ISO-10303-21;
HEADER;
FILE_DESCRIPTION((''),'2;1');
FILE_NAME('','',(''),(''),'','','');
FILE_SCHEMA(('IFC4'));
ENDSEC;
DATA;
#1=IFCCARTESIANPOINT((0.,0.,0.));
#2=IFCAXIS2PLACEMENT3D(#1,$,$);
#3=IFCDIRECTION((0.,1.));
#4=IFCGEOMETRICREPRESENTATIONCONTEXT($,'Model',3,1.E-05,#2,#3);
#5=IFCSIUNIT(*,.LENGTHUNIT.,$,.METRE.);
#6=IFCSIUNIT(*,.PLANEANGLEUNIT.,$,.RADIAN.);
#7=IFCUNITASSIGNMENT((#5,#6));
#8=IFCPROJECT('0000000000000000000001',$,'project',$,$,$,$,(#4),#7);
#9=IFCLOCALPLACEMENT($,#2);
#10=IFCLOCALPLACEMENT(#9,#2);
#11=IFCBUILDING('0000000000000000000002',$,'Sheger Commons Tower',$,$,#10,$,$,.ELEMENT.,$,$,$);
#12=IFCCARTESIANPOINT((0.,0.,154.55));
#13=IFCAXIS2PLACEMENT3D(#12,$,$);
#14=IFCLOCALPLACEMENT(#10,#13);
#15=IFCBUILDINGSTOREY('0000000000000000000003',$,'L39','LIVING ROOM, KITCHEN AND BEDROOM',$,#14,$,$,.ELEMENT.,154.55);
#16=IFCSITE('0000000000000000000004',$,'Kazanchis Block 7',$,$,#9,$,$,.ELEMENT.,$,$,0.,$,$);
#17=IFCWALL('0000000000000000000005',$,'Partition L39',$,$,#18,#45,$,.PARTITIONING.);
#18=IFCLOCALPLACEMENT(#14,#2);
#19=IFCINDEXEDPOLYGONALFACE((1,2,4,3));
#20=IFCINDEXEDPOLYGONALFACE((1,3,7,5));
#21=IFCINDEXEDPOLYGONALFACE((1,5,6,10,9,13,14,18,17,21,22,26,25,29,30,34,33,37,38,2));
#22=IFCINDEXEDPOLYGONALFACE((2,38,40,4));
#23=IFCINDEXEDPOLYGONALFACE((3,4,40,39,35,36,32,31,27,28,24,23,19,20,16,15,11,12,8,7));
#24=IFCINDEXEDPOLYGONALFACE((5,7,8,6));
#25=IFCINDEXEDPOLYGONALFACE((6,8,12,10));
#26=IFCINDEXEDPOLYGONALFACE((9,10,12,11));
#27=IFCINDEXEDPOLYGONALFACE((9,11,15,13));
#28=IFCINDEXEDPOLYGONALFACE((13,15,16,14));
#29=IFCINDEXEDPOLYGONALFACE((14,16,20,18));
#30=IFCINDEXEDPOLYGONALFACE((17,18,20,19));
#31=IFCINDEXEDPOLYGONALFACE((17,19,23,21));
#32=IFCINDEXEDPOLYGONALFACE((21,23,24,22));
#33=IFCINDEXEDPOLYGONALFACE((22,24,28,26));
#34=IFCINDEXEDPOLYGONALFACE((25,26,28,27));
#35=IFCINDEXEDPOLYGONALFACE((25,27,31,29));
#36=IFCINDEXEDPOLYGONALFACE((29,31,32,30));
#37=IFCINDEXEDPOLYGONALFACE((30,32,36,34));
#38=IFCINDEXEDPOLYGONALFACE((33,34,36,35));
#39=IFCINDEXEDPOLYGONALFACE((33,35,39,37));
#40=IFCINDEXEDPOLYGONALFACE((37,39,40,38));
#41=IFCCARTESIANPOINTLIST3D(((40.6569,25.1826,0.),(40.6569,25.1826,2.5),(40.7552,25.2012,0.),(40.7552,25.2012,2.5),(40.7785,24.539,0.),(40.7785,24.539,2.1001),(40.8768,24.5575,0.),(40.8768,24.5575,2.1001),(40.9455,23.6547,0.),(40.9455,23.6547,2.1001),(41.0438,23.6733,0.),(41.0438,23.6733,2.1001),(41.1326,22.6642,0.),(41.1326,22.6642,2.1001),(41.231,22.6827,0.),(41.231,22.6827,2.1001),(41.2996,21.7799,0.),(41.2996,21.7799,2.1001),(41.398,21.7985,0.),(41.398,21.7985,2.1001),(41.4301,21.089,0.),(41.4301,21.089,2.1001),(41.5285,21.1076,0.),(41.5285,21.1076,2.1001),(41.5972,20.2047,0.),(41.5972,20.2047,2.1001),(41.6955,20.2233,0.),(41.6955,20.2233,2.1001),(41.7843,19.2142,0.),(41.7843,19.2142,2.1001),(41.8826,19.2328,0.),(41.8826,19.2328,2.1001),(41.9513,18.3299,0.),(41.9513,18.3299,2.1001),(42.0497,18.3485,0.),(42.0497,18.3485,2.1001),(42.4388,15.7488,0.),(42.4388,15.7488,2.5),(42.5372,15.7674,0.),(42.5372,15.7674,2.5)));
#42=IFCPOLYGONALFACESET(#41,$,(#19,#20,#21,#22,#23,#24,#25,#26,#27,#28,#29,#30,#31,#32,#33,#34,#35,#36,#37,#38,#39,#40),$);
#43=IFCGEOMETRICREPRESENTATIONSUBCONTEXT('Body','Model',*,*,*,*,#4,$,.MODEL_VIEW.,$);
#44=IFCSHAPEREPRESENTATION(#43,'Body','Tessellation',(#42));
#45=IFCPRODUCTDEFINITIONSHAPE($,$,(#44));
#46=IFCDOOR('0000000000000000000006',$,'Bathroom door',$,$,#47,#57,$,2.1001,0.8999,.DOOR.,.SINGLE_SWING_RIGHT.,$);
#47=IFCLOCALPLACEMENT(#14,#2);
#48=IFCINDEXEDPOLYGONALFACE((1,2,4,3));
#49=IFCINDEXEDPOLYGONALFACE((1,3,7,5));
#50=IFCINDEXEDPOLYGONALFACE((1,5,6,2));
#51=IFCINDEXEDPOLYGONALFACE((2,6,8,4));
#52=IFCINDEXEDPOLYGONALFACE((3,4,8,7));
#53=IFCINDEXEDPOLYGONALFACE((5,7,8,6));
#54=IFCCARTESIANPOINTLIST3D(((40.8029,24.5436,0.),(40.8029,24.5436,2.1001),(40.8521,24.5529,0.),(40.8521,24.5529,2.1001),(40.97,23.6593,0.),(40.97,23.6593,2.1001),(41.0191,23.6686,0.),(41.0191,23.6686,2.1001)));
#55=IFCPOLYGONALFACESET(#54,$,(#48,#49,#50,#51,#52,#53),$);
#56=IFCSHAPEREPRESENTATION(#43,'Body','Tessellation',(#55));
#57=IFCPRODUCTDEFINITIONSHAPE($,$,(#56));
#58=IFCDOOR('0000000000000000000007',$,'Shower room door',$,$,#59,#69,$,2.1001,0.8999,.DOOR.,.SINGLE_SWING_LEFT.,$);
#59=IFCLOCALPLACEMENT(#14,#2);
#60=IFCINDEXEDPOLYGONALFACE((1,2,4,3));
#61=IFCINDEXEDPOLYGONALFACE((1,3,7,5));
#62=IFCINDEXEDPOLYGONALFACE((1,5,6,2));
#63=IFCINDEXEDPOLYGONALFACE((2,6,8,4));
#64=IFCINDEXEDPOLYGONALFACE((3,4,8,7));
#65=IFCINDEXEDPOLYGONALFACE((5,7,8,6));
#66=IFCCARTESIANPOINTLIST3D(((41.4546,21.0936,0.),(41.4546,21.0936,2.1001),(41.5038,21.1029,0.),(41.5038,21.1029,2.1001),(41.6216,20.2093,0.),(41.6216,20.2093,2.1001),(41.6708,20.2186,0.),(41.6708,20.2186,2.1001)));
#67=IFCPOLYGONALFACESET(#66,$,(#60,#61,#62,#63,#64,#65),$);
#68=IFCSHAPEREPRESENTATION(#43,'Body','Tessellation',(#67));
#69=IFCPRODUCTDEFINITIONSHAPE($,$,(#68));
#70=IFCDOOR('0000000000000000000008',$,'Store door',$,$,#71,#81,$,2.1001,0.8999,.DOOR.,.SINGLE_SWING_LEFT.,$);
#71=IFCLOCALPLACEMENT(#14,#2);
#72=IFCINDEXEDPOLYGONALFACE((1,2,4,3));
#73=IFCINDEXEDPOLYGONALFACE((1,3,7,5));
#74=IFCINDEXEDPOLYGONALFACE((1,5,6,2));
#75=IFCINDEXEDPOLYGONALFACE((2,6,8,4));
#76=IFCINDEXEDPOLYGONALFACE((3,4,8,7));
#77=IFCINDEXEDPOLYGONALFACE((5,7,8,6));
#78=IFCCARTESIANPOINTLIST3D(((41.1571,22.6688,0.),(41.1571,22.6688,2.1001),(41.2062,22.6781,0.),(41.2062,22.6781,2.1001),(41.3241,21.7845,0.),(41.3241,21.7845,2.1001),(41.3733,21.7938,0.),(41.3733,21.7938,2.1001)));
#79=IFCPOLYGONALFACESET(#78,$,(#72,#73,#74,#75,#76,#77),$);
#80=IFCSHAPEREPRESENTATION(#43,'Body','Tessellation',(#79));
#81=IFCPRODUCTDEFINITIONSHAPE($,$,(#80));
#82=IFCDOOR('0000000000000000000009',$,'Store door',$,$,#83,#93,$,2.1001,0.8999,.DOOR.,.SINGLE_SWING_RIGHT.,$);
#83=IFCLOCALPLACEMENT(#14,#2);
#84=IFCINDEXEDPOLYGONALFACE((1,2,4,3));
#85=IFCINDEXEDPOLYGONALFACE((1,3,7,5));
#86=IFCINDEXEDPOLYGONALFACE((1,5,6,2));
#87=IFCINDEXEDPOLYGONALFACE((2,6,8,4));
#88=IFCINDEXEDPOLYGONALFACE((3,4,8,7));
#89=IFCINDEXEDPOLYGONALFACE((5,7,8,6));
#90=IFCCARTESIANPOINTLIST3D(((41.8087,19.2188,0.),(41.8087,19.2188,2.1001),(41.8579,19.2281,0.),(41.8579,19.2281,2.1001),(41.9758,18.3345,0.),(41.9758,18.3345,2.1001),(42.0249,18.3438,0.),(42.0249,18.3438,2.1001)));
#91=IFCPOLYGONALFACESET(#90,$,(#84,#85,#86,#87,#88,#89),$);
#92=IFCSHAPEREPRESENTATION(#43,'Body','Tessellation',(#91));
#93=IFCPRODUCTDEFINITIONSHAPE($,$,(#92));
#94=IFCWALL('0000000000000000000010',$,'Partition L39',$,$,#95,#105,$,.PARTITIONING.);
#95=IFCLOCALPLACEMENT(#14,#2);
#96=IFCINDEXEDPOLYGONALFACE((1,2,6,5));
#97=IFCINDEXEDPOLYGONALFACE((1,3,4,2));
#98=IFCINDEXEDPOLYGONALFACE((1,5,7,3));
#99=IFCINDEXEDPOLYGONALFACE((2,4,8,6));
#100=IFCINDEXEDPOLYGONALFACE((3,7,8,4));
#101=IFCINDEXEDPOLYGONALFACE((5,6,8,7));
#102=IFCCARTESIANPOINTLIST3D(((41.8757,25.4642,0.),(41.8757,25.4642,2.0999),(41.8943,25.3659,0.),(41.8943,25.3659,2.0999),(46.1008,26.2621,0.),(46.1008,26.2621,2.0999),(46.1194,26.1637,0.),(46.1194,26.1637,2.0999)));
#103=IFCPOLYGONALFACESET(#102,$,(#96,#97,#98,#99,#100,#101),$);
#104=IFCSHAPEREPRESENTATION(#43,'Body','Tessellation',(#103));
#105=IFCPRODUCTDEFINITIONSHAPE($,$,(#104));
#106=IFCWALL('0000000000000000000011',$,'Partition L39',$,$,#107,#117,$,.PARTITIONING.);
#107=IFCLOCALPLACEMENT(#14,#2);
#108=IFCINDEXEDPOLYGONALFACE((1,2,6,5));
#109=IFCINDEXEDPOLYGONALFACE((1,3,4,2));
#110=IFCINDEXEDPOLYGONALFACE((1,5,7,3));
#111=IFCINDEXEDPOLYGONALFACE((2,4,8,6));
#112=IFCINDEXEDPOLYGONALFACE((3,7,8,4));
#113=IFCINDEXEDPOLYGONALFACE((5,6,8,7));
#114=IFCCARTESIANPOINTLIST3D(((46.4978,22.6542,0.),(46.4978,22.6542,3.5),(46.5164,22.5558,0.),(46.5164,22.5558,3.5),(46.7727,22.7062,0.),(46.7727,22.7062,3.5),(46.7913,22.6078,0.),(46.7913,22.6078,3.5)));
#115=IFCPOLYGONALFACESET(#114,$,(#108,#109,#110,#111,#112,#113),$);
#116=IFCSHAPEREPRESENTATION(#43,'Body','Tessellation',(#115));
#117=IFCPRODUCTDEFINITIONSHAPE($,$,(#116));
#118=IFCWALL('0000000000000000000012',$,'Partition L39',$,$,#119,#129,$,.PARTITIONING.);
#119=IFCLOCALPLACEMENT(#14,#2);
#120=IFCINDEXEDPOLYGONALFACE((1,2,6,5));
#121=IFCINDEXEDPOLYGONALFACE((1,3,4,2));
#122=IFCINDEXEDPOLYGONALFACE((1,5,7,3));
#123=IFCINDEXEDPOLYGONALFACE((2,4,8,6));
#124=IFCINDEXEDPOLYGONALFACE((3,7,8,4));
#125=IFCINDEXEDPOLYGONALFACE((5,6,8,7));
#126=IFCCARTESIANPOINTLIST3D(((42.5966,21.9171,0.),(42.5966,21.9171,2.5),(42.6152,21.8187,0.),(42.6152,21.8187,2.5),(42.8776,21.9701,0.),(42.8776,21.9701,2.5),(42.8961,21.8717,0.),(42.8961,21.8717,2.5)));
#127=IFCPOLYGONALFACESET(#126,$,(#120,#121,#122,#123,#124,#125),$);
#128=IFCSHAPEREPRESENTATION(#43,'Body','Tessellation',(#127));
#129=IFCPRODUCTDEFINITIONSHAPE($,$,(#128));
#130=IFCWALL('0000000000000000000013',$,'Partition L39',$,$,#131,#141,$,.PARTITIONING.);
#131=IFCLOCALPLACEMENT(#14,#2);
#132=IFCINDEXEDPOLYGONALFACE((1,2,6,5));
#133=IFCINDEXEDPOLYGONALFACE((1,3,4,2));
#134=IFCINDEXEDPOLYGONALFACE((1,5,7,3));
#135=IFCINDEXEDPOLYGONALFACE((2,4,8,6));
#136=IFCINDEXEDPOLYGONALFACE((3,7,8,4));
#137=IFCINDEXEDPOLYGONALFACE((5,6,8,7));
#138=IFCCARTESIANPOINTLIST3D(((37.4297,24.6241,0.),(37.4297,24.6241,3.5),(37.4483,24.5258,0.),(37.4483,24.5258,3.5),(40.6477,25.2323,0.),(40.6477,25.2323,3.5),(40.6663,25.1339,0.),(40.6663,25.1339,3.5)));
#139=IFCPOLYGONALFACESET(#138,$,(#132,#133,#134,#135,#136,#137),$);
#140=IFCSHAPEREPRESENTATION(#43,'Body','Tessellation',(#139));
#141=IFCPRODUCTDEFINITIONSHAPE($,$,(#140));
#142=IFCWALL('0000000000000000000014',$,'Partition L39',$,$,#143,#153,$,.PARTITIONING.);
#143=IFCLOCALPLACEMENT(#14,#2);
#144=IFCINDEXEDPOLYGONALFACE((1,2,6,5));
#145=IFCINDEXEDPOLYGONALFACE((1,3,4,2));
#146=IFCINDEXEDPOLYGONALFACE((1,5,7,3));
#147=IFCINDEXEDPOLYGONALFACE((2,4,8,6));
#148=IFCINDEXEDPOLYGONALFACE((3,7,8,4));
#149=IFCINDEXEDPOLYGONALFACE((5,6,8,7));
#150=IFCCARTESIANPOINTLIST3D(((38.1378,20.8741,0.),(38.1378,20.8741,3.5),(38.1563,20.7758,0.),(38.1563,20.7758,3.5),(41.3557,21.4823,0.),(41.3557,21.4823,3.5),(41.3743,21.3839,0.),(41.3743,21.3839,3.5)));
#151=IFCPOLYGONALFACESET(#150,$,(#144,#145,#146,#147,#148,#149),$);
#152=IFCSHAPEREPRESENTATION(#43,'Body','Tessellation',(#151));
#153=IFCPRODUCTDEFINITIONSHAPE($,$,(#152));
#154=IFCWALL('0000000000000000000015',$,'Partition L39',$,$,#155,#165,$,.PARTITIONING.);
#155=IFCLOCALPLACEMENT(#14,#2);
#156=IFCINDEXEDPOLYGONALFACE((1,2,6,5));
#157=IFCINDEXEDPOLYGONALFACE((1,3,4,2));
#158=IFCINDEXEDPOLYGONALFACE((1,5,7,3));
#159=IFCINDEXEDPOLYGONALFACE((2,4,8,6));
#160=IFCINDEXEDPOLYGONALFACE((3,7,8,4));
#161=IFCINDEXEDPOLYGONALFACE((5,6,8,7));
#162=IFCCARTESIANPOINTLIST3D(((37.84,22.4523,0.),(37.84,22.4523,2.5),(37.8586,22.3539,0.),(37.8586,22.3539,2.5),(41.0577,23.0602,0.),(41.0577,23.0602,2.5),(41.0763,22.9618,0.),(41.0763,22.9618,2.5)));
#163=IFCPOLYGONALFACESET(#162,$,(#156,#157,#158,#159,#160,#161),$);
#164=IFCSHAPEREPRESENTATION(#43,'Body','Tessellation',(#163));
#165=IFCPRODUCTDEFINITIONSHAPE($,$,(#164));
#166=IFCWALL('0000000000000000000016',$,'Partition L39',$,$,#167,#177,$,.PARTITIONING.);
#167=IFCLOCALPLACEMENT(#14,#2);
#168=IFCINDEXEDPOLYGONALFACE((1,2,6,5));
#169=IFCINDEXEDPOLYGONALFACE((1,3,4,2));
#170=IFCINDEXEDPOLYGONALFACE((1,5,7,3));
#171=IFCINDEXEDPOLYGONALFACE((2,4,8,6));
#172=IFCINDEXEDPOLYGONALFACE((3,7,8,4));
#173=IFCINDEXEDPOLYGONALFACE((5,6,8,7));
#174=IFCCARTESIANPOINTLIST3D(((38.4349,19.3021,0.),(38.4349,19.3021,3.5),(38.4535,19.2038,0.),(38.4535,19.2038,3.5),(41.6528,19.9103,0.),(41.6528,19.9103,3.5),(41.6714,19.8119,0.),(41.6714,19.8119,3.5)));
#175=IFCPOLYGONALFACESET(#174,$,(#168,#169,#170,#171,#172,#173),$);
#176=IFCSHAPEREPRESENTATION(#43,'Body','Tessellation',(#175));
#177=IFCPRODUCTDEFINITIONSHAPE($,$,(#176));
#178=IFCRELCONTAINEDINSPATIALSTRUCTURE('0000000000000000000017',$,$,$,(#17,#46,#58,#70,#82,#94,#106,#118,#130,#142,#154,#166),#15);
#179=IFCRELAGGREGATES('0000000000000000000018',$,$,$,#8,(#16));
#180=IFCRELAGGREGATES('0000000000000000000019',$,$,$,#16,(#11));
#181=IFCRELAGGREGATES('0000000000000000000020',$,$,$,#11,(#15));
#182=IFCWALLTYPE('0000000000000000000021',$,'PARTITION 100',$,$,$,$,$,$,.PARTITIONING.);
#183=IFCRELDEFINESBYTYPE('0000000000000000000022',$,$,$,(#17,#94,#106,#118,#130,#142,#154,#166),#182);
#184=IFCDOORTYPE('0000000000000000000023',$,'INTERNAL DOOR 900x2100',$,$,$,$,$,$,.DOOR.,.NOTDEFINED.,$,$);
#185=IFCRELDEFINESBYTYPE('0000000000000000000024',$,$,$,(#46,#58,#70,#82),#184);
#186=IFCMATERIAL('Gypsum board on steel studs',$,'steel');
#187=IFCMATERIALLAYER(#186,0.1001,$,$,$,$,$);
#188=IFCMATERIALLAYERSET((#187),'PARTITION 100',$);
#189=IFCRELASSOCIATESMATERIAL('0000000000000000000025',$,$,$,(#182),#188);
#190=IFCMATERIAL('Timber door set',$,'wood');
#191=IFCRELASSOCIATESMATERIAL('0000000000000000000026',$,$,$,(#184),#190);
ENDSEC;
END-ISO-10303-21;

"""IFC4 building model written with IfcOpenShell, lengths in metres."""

from ifc_helpers import new_model, si_unit, direction, frame, frame_2d, origin, place, context, subcontext, project, spatial, rectangle, extrude, material, layer, layer_set, type_object, element, fill, save


model = new_model("IFC4")

# Units and contexts
model_context = context("Model", 3, precision=1e-05, world=origin(), true_north=direction((0.0, 1.0)))
body_context = subcontext(model_context, "Body", "Model", "MODEL_VIEW")
ifc_project = project(units=[si_unit("LENGTHUNIT", "METRE"), si_unit("PLANEANGLEUNIT", "RADIAN")], contexts=[model_context])

# Site, building, storey
site_placement = place(None, origin())
site = spatial("IfcSite", under=ifc_project, at=site_placement, Name="Kazanchis Block 7", CompositionType="ELEMENT", RefElevation=0.0)
building_placement = place(site_placement, origin())
building = spatial("IfcBuilding", under=site, at=building_placement, Name="Sheger Commons Tower", CompositionType="ELEMENT")
storey_placement = place(building_placement, frame((0.0, 0.0, 154.55)))
storey = spatial("IfcBuildingStorey", under=building, at=storey_placement, Name="L39", Description="LIVING ROOM, KITCHEN AND BEDROOM", CompositionType="ELEMENT", Elevation=154.55)

# Wall, openings, doors
ifc_material_1 = material(Name="Gypsum board on steel studs", Category="steel")
ifc_layer_1 = layer(ifc_material_1, 0.1001)
ifc_layer_set_1 = layer_set([ifc_layer_1], Name="PARTITION 100")
wall_type = type_object("IfcWallType", Name="PARTITION 100", PredefinedType="PARTITIONING", material=ifc_layer_set_1)
ifc_material_2 = material(Name="Timber door set", Category="wood")
door_type = type_object("IfcDoorType", Name="INTERNAL DOOR 900x2100", OperationType="NOTDEFINED", PredefinedType="DOOR", material=ifc_material_2)
wall_1_placement = place(storey_placement, frame((40.7061, 25.1919, 0.0), z_axis=(0.0, 0.0, 1.0), x_axis=(0.18561, -0.982623, 0.0)))
wall_1 = element("IfcWall", 1, at=wall_1_placement, inside=storey, type_object=wall_type, Name="Partition L39", PredefinedType="PARTITIONING", context=body_context, shape_type="SweptSolid", body=[
    extrude(rectangle(XDim=9.6006, YDim=0.1001, at=frame_2d((4.8003, 0.0))), origin(), (0.0, 0.0, 1.0), 2.5),
])
opening_1_placement = place(wall_1_placement, frame((0.655, 0.0, 0.0)))
opening_1 = element("IfcOpeningElement", 2, at=opening_1_placement, cuts=wall_1, PredefinedType="OPENING", context=body_context, shape_type="SweptSolid", body=[
    extrude(rectangle(XDim=0.8999, YDim=2.1001, at=frame_2d((0.45, 1.05))), frame((0.0, 0.0601, 0.0), z_axis=(0.0, -1.0, 0.0), x_axis=(1.0, 0.0, 0.0)), (0.0, 0.0, 1.0), 0.1201),
])
opening_2_placement = place(wall_1_placement, frame((4.166, 0.0, 0.0)))
opening_2 = element("IfcOpeningElement", 3, at=opening_2_placement, cuts=wall_1, PredefinedType="OPENING", context=body_context, shape_type="SweptSolid", body=[
    extrude(rectangle(XDim=0.8999, YDim=2.1001, at=frame_2d((0.45, 1.05))), frame((0.0, 0.0601, 0.0), z_axis=(0.0, -1.0, 0.0), x_axis=(1.0, 0.0, 0.0)), (0.0, 0.0, 1.0), 0.1201),
])
opening_3_placement = place(wall_1_placement, frame((2.563, 0.0, 0.0)))
opening_3 = element("IfcOpeningElement", 4, at=opening_3_placement, cuts=wall_1, PredefinedType="OPENING", context=body_context, shape_type="SweptSolid", body=[
    extrude(rectangle(XDim=0.8999, YDim=2.1001, at=frame_2d((0.45, 1.05))), frame((0.0, 0.0601, 0.0), z_axis=(0.0, -1.0, 0.0), x_axis=(1.0, 0.0, 0.0)), (0.0, 0.0, 1.0), 0.1201),
])
opening_4_placement = place(wall_1_placement, frame((6.074, 0.0, 0.0)))
opening_4 = element("IfcOpeningElement", 5, at=opening_4_placement, cuts=wall_1, PredefinedType="OPENING", context=body_context, shape_type="SweptSolid", body=[
    extrude(rectangle(XDim=0.8999, YDim=2.1001, at=frame_2d((0.45, 1.05))), frame((0.0, 0.0601, 0.0), z_axis=(0.0, -1.0, 0.0), x_axis=(1.0, 0.0, 0.0)), (0.0, 0.0, 1.0), 0.1201),
])
door_1_placement = place(opening_1_placement, origin())
door_1 = element("IfcDoor", 6, at=door_1_placement, inside=storey, type_object=door_type, Name="Bathroom door", OperationType="SINGLE_SWING_RIGHT", OverallHeight=2.1001, OverallWidth=0.8999, PredefinedType="DOOR", context=body_context, shape_type="SweptSolid", body=[
    extrude(rectangle(XDim=0.8999, YDim=2.1001, at=frame_2d((0.45, 1.05))), frame((0.0, 0.0249, 0.0), z_axis=(0.0, -1.0, 0.0), x_axis=(1.0, 0.0, 0.0)), (0.0, 0.0, 1.0), 0.05),
])
fill(opening_1, door_1)
door_2_placement = place(opening_2_placement, origin())
door_2 = element("IfcDoor", 7, at=door_2_placement, inside=storey, type_object=door_type, Name="Shower room door", OperationType="SINGLE_SWING_LEFT", OverallHeight=2.1001, OverallWidth=0.8999, PredefinedType="DOOR", context=body_context, shape_type="SweptSolid", body=[
    extrude(rectangle(XDim=0.8999, YDim=2.1001, at=frame_2d((0.45, 1.05))), frame((0.0, 0.0249, 0.0), z_axis=(0.0, -1.0, 0.0), x_axis=(1.0, 0.0, 0.0)), (0.0, 0.0, 1.0), 0.05),
])
fill(opening_2, door_2)
door_3_placement = place(opening_3_placement, origin())
door_3 = element("IfcDoor", 8, at=door_3_placement, inside=storey, type_object=door_type, Name="Store door", OperationType="SINGLE_SWING_LEFT", OverallHeight=2.1001, OverallWidth=0.8999, PredefinedType="DOOR", context=body_context, shape_type="SweptSolid", body=[
    extrude(rectangle(XDim=0.8999, YDim=2.1001, at=frame_2d((0.45, 1.05))), frame((0.0, 0.0249, 0.0), z_axis=(0.0, -1.0, 0.0), x_axis=(1.0, 0.0, 0.0)), (0.0, 0.0, 1.0), 0.05),
])
fill(opening_3, door_3)
door_4_placement = place(opening_4_placement, origin())
door_4 = element("IfcDoor", 9, at=door_4_placement, inside=storey, type_object=door_type, Name="Store door", OperationType="SINGLE_SWING_RIGHT", OverallHeight=2.1001, OverallWidth=0.8999, PredefinedType="DOOR", context=body_context, shape_type="SweptSolid", body=[
    extrude(rectangle(XDim=0.8999, YDim=2.1001, at=frame_2d((0.45, 1.05))), frame((0.0, 0.0249, 0.0), z_axis=(0.0, -1.0, 0.0), x_axis=(1.0, 0.0, 0.0)), (0.0, 0.0, 1.0), 0.05),
])
fill(opening_4, door_4)

# Walls
wall_2_placement = place(storey_placement, frame((46.1101, 26.2129, 0.0), z_axis=(0.0, 0.0, 1.0), x_axis=(-0.982634, -0.185557, 0.0)))
element("IfcWall", 10, at=wall_2_placement, inside=storey, type_object=wall_type, Name="Partition L39", PredefinedType="PARTITIONING", context=body_context, shape_type="SweptSolid", body=[
    extrude(rectangle(XDim=4.2998, YDim=0.1001, at=frame_2d((2.1499, 0.0))), origin(), (0.0, 0.0, 1.0), 2.0999),
])
wall_3_placement = place(storey_placement, frame((46.782, 22.657, 0.0), z_axis=(0.0, 0.0, 1.0), x_axis=(-0.982575, -0.185869, 0.0)))
element("IfcWall", 11, at=wall_3_placement, inside=storey, type_object=wall_type, Name="Partition L39", PredefinedType="PARTITIONING", context=body_context, shape_type="SweptSolid", body=[
    extrude(rectangle(XDim=0.2798, YDim=0.1001, at=frame_2d((0.1399, 0.0))), origin(), (0.0, 0.0, 1.0), 3.5),
])
wall_4_placement = place(storey_placement, frame((42.887, 21.9209, 0.0), z_axis=(0.0, 0.0, 1.0), x_axis=(-0.982688, -0.185268, 0.0)))
element("IfcWall", 12, at=wall_4_placement, inside=storey, type_object=wall_type, Name="Partition L39", PredefinedType="PARTITIONING", context=body_context, shape_type="SweptSolid", body=[
    extrude(rectangle(XDim=0.2859, YDim=0.1001, at=frame_2d((0.1431, 0.0))), origin(), (0.0, 0.0, 1.0), 2.5),
])
for number, where, z_axis, x_axis, name in (
    (13, (40.657, 25.1831, 0.0), (0.0, 0.0, 1.0), (-0.982607, -0.185697, 0.0), "Partition L39"),
    (14, (41.365, 21.4331, 0.0), (0.0, 0.0, 1.0), (-0.982607, -0.185697, 0.0), "Partition L39"),
):
    element("IfcWall", number, at=place(storey_placement, frame(where, z_axis=z_axis, x_axis=x_axis)), inside=storey, type_object=wall_type, Name=name, PredefinedType="PARTITIONING", context=body_context, shape_type="SweptSolid", body=[
        extrude(rectangle(XDim=3.2749, YDim=0.1001, at=frame_2d((1.6375, 0.0))), origin(), (0.0, 0.0, 1.0), 3.5),
    ])
wall_5_placement = place(storey_placement, frame((41.0669, 23.011, 0.0), z_axis=(0.0, 0.0, 1.0), x_axis=(-0.982618, -0.185639, 0.0)))
element("IfcWall", 15, at=wall_5_placement, inside=storey, type_object=wall_type, Name="Partition L39", PredefinedType="PARTITIONING", context=body_context, shape_type="SweptSolid", body=[
    extrude(rectangle(XDim=3.2747, YDim=0.1001, at=frame_2d((1.6372, 0.0))), origin(), (0.0, 0.0, 1.0), 2.5),
])
wall_6_placement = place(storey_placement, frame((41.6621, 19.8611, 0.0), z_axis=(0.0, 0.0, 1.0), x_axis=(-0.982607, -0.185697, 0.0)))
element("IfcWall", 16, at=wall_6_placement, inside=storey, type_object=wall_type, Name="Partition L39", PredefinedType="PARTITIONING", context=body_context, shape_type="SweptSolid", body=[
    extrude(rectangle(XDim=3.2749, YDim=0.1001, at=frame_2d((1.6375, 0.0))), origin(), (0.0, 0.0, 1.0), 3.5),
])

save(model, "model.ifc")
